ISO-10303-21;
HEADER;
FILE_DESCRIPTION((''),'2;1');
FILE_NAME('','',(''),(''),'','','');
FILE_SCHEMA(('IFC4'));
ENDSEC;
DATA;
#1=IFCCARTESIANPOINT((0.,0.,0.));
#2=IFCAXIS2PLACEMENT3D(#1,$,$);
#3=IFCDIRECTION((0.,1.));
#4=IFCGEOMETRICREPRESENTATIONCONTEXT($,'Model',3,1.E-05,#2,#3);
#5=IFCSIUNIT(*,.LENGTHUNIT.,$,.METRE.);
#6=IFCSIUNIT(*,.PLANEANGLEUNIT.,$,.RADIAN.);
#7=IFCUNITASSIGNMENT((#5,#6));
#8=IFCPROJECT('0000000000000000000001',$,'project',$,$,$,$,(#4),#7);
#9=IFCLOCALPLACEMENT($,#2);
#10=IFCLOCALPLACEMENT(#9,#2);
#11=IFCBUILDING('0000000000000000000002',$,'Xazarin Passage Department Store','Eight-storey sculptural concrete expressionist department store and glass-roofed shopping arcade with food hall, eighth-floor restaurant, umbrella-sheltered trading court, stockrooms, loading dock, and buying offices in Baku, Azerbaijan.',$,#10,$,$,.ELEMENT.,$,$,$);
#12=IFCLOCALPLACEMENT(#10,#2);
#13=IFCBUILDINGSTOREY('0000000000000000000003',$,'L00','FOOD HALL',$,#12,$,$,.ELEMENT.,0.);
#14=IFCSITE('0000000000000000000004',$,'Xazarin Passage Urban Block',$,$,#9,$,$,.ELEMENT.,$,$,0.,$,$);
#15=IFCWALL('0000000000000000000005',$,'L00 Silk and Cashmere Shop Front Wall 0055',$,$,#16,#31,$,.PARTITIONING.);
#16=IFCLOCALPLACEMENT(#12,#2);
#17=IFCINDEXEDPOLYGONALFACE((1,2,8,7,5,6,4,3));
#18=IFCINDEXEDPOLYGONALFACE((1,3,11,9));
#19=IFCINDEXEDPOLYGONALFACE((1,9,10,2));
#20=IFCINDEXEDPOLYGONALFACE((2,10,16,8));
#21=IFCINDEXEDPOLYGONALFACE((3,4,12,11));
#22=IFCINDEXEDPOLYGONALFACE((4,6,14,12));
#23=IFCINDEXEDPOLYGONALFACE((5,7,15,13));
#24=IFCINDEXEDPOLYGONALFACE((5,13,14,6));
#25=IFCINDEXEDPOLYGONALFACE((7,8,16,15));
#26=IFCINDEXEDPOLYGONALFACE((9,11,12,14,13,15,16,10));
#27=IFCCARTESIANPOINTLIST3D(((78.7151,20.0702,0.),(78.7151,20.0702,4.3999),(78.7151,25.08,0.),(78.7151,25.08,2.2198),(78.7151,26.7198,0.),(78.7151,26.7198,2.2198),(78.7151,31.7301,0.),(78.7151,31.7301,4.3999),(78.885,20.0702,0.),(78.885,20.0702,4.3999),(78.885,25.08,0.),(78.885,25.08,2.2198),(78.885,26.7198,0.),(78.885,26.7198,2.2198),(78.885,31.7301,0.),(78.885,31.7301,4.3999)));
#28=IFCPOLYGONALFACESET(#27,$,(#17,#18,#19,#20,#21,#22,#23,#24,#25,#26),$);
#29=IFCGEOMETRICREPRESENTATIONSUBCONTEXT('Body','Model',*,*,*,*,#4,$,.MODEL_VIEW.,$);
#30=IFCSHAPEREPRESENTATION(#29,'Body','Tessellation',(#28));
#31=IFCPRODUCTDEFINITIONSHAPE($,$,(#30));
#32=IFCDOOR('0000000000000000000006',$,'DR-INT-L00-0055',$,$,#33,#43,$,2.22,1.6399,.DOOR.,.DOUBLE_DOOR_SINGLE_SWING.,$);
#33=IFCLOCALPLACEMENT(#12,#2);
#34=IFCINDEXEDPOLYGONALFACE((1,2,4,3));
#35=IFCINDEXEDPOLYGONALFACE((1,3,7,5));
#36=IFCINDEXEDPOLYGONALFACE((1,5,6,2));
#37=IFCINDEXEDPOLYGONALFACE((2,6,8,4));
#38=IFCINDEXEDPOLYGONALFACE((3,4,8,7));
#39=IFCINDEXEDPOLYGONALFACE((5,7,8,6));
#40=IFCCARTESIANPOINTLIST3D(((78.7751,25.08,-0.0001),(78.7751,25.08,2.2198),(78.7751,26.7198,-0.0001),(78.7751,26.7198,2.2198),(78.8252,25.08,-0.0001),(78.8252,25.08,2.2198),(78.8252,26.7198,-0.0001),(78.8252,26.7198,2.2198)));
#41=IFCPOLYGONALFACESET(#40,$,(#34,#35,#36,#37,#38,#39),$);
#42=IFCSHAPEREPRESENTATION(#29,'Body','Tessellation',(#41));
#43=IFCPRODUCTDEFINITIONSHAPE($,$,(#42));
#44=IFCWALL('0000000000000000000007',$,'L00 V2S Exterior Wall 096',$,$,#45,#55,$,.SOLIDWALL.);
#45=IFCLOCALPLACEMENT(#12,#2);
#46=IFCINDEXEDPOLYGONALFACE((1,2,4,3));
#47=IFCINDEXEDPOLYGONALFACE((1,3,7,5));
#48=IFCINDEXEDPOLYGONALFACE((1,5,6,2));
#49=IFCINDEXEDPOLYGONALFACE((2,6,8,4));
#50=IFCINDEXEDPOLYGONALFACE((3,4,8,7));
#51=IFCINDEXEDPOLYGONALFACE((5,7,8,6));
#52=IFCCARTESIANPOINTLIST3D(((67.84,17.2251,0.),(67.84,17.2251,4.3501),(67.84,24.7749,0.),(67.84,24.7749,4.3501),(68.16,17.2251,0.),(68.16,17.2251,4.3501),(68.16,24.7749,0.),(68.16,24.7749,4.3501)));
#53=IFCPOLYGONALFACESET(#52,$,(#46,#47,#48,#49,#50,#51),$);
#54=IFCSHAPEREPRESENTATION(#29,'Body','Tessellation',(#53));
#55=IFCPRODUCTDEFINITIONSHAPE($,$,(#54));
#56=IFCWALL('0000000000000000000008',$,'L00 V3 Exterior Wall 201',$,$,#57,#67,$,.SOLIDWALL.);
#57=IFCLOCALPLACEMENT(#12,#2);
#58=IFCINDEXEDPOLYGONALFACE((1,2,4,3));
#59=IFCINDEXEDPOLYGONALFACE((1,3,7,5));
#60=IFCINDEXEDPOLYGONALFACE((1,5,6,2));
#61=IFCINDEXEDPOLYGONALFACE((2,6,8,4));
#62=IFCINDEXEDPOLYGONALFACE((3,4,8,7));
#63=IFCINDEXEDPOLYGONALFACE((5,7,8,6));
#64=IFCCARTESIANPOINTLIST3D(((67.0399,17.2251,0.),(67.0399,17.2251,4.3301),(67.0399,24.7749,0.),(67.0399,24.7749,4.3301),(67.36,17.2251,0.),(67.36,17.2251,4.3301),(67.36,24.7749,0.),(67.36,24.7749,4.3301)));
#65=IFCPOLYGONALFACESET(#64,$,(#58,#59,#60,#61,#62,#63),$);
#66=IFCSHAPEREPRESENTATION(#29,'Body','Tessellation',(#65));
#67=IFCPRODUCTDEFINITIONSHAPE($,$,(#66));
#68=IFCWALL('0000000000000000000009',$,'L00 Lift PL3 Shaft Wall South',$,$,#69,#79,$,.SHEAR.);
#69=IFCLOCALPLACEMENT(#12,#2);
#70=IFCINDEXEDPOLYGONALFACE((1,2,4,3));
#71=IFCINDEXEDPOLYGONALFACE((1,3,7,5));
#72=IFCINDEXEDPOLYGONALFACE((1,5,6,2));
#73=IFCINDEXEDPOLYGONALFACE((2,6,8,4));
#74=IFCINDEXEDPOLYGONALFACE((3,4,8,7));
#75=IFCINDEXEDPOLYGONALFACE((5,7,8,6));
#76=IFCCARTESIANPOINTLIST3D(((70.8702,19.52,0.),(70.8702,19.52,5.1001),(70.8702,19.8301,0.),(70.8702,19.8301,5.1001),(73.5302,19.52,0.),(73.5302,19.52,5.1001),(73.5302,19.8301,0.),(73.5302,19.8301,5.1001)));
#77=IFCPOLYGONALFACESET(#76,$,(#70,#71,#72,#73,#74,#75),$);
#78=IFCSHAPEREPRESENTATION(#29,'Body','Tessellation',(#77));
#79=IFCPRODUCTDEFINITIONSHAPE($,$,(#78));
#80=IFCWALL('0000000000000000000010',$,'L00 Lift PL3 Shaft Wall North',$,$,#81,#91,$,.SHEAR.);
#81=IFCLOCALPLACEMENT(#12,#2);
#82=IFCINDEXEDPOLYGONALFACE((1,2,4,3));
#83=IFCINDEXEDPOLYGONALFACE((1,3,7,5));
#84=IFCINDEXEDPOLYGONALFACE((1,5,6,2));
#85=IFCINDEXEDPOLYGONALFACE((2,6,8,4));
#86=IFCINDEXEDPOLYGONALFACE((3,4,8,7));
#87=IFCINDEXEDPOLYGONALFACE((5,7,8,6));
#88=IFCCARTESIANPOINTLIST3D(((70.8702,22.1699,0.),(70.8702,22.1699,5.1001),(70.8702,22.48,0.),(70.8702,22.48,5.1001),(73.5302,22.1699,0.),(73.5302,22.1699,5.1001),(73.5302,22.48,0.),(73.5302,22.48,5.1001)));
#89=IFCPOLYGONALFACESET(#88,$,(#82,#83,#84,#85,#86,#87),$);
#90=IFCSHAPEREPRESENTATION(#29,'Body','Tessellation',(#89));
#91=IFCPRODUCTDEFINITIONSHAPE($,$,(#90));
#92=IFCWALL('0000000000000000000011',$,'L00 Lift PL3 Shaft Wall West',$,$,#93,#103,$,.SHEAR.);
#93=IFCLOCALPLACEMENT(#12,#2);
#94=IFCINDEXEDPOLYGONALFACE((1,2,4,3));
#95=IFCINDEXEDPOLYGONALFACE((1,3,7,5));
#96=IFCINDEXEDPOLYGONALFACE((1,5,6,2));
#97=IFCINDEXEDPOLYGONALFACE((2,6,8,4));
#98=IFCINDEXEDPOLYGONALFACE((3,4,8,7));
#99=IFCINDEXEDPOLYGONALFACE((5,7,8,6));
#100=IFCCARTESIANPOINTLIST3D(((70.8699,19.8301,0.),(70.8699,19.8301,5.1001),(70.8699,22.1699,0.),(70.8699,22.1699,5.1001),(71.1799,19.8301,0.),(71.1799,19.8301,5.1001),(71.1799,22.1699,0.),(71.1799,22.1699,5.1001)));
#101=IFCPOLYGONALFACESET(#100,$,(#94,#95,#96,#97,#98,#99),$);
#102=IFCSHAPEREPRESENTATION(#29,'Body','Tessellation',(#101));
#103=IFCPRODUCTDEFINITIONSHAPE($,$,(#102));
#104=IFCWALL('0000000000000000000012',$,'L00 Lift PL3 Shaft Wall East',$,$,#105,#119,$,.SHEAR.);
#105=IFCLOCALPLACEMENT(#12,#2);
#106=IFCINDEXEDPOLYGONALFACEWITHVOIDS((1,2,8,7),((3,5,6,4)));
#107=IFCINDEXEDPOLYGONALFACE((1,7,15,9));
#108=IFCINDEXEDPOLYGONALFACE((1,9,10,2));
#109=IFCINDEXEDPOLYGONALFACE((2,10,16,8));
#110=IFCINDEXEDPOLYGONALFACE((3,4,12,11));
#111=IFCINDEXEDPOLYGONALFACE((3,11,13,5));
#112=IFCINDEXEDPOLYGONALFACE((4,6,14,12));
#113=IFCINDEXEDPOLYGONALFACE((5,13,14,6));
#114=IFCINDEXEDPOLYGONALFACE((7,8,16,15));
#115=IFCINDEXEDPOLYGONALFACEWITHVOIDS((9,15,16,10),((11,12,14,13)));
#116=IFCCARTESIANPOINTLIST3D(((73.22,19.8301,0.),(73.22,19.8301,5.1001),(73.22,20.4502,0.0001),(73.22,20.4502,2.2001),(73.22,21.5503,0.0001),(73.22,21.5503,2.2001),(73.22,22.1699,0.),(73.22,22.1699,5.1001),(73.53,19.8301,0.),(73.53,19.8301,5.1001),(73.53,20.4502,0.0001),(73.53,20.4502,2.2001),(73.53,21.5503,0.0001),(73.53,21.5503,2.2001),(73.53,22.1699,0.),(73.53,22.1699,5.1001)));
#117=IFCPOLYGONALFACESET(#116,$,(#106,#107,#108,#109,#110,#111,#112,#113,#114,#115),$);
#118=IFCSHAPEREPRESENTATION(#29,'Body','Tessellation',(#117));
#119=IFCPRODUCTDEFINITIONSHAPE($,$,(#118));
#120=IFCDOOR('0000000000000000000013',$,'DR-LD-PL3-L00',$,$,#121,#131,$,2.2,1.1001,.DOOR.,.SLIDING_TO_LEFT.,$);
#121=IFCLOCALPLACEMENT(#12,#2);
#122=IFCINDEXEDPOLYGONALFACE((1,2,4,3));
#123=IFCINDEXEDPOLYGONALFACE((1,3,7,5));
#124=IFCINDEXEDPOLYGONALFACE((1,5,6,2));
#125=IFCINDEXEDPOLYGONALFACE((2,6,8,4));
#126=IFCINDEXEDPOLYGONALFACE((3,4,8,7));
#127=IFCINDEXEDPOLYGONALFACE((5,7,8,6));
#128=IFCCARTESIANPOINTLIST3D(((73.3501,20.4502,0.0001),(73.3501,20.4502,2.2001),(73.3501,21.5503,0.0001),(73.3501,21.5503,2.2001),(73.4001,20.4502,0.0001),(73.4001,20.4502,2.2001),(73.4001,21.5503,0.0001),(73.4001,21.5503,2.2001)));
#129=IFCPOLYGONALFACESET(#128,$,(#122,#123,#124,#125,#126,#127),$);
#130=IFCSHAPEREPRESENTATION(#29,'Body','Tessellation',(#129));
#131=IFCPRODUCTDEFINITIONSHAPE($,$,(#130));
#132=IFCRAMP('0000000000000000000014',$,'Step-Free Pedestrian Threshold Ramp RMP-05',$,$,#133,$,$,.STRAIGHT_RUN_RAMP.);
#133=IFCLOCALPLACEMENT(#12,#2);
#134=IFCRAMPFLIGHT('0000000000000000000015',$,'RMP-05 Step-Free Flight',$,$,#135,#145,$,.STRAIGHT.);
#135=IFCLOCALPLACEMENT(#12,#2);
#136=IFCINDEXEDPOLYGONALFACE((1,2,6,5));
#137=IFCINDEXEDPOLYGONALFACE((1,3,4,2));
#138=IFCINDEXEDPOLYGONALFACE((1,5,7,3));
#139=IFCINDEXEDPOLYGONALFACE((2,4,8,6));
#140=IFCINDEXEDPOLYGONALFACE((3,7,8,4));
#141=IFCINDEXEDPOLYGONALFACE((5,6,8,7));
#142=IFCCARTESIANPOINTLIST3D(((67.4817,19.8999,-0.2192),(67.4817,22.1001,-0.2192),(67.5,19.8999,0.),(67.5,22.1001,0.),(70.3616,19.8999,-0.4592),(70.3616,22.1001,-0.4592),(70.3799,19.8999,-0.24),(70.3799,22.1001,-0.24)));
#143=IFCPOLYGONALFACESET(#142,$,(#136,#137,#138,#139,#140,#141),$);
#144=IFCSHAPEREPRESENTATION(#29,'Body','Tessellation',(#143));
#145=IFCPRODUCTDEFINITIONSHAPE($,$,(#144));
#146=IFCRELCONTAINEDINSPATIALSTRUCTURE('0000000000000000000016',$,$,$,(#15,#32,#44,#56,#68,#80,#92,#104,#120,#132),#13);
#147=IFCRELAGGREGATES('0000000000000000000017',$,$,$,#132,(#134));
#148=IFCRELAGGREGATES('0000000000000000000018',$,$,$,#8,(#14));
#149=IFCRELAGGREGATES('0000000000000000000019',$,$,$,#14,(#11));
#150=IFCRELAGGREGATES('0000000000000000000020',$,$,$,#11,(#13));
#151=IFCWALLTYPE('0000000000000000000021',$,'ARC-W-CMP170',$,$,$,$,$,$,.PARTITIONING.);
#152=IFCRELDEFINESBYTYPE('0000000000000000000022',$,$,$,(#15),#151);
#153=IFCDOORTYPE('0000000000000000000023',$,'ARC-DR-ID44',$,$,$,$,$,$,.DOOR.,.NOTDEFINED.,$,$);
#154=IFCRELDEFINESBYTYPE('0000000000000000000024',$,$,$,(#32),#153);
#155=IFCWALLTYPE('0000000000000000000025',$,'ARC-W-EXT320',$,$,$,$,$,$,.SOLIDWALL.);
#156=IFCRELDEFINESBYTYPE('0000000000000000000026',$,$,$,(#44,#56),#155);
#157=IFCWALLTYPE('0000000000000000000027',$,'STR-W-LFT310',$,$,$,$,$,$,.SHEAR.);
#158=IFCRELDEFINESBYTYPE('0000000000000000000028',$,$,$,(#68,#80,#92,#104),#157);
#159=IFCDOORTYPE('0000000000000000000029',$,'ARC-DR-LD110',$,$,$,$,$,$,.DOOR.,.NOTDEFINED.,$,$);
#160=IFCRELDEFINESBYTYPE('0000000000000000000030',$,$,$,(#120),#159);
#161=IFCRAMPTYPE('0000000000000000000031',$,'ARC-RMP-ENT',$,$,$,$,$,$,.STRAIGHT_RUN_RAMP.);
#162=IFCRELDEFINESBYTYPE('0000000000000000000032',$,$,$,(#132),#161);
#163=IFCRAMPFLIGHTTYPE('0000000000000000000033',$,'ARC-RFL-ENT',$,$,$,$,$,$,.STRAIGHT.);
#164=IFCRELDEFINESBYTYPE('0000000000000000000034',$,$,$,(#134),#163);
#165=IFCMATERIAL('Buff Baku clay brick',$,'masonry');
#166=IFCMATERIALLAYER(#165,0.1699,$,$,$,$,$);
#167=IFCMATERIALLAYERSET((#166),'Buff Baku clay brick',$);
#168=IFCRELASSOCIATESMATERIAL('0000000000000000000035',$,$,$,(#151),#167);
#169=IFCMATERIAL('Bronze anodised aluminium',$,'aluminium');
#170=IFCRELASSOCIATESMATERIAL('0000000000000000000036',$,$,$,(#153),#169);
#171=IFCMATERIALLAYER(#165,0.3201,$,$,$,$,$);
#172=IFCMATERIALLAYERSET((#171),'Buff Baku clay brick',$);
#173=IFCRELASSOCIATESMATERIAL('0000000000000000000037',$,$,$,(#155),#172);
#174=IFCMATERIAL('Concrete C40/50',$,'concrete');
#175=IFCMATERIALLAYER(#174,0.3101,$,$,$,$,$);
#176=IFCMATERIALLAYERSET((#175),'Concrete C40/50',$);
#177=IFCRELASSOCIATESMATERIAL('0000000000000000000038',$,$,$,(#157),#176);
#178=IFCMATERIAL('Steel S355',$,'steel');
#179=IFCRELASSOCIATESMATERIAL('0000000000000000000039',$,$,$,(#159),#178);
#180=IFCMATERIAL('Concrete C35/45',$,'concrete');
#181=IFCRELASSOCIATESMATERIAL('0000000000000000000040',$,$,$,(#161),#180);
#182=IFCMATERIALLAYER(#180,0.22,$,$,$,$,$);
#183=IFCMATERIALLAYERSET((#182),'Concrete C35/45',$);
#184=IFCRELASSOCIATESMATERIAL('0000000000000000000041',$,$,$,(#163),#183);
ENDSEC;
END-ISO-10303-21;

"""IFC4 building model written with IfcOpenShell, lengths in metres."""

from ifc_helpers import new_model, si_unit, direction, frame, frame_2d, origin, place, context, subcontext, project, spatial, polyline, rectangle, outline, extrude, material, layer, layer_set, type_object, element, fill, aggregate, save


model = new_model("IFC4")

# Units and contexts
model_context = context("Model", 3, precision=1e-05, world=origin(), true_north=direction((0.0, 1.0)))
body_context = subcontext(model_context, "Body", "Model", "MODEL_VIEW")
ifc_project = project(units=[si_unit("LENGTHUNIT", "METRE"), si_unit("PLANEANGLEUNIT", "RADIAN")], contexts=[model_context])

# Site, building, storey
site_placement = place(None, origin())
site = spatial("IfcSite", under=ifc_project, at=site_placement, Name="Xazarin Passage Urban Block", CompositionType="ELEMENT", RefElevation=0.0)
building_placement = place(site_placement, origin())
building = spatial("IfcBuilding", under=site, at=building_placement, Name="Xazarin Passage Department Store", Description="Eight-storey sculptural concrete expressionist department store and glass-roofed shopping arcade with food hall, eighth-floor restaurant, umbrella-sheltered trading court, stockrooms, loading dock, and buying offices in Baku, Azerbaijan.", CompositionType="ELEMENT")
storey_placement = place(building_placement, origin())
storey = spatial("IfcBuildingStorey", under=building, at=storey_placement, Name="L00", Description="FOOD HALL", CompositionType="ELEMENT", Elevation=0.0)

# Shared definitions
ifc_material_1 = material(Name="Concrete C35/45", Category="concrete")

# Shared definitions
ifc_material_2 = material(Name="Concrete C40/50", Category="concrete")

# Wall, opening, door
ifc_material_3 = material(Name="Buff Baku clay brick", Category="masonry")
ifc_layer_1 = layer(ifc_material_3, 0.1699)
ifc_layer_set_1 = layer_set([ifc_layer_1], Name="Buff Baku clay brick")
wall_type_1 = type_object("IfcWallType", Name="ARC-W-CMP170", PredefinedType="PARTITIONING", material=ifc_layer_set_1)
wall_1_placement = place(storey_placement, frame((78.8, 20.0701, 0.0), z_axis=(0.0, 0.0, 1.0), x_axis=(0.0, 1.0, 0.0)))
wall_1 = element("IfcWall", 1, at=wall_1_placement, inside=storey, type_object=wall_type_1, Name="L00 Silk and Cashmere Shop Front Wall 0055", PredefinedType="PARTITIONING", context=body_context, shape_type="SweptSolid", body=[
    extrude(rectangle(XDim=11.6599, YDim=0.1699, at=frame_2d((5.8301, 0.0))), origin(), (0.0, 0.0, 1.0), 4.3999),
])
opening_1_placement = place(wall_1_placement, frame((5.01, 0.0, 0.0)))
opening_1 = element("IfcOpeningElement", 2, at=opening_1_placement, cuts=wall_1, PredefinedType="OPENING", context=body_context, shape_type="SweptSolid", body=[
    extrude(rectangle(XDim=1.6399, YDim=2.22, at=frame_2d((0.8198, 1.1099))), frame((0.0, 0.095, 0.0), z_axis=(0.0, -1.0, 0.0), x_axis=(1.0, 0.0, 0.0)), (0.0, 0.0, 1.0), 0.1899),
])
ifc_material_4 = material(Name="Bronze anodised aluminium", Category="aluminium")
door_type_1 = type_object("IfcDoorType", Name="ARC-DR-ID44", OperationType="NOTDEFINED", PredefinedType="DOOR", material=ifc_material_4)
door_1_placement = place(opening_1_placement, origin())
door_1 = element("IfcDoor", 3, at=door_1_placement, inside=storey, type_object=door_type_1, Name="DR-INT-L00-0055", OperationType="DOUBLE_DOOR_SINGLE_SWING", OverallHeight=2.22, OverallWidth=1.6399, PredefinedType="DOOR", context=body_context, shape_type="SweptSolid", body=[
    extrude(rectangle(XDim=1.6399, YDim=2.22, at=frame_2d((0.8198, 1.1099))), frame((0.0, 0.0249, 0.0), z_axis=(0.0, -1.0, 0.0), x_axis=(1.0, 0.0, 0.0)), (0.0, 0.0, 1.0), 0.05),
])
fill(opening_1, door_1)

# Walls
ifc_layer_2 = layer(ifc_material_3, 0.3201)
ifc_layer_set_2 = layer_set([ifc_layer_2], Name="Buff Baku clay brick")
wall_type_2 = type_object("IfcWallType", Name="ARC-W-EXT320", PredefinedType="SOLIDWALL", material=ifc_layer_set_2)
wall_2_placement = place(storey_placement, frame((68.0, 17.2251, 0.0), z_axis=(0.0, 0.0, 1.0), x_axis=(0.0, 1.0, 0.0)))
element("IfcWall", 4, at=wall_2_placement, inside=storey, type_object=wall_type_2, Name="L00 V2S Exterior Wall 096", PredefinedType="SOLIDWALL", context=body_context, shape_type="SweptSolid", body=[
    extrude(rectangle(XDim=7.5498, YDim=0.3201, at=frame_2d((3.7749, 0.0))), origin(), (0.0, 0.0, 1.0), 4.3501),
])
wall_3_placement = place(storey_placement, frame((67.2, 17.2251, 0.0), z_axis=(0.0, 0.0, 1.0), x_axis=(0.0, 1.0, 0.0)))
element("IfcWall", 5, at=wall_3_placement, inside=storey, type_object=wall_type_2, Name="L00 V3 Exterior Wall 201", PredefinedType="SOLIDWALL", context=body_context, shape_type="SweptSolid", body=[
    extrude(rectangle(XDim=7.5498, YDim=0.3201, at=frame_2d((3.7749, 0.0))), origin(), (0.0, 0.0, 1.0), 4.3301),
])
ifc_layer_3 = layer(ifc_material_2, 0.3101)
ifc_layer_set_3 = layer_set([ifc_layer_3], Name="Concrete C40/50")
wall_type_3 = type_object("IfcWallType", Name="STR-W-LFT310", PredefinedType="SHEAR", material=ifc_layer_set_3)
for number, where, z_axis, x_axis, name in (
    (6, (70.8701, 19.675, 0.0), (0.0, 0.0, 1.0), (1.0, 0.0, 0.0), "L00 Lift PL3 Shaft Wall South"),
    (7, (70.8701, 22.325, 0.0), (0.0, 0.0, 1.0), (1.0, 0.0, 0.0), "L00 Lift PL3 Shaft Wall North"),
):
    element("IfcWall", number, at=place(storey_placement, frame(where, z_axis=z_axis, x_axis=x_axis)), inside=storey, type_object=wall_type_3, Name=name, PredefinedType="SHEAR", context=body_context, shape_type="SweptSolid", body=[
        extrude(rectangle(XDim=2.6599, YDim=0.3101, at=frame_2d((1.3301, 0.0))), origin(), (0.0, 0.0, 1.0), 5.1001),
    ])
wall_4_placement = place(storey_placement, frame((71.0249, 19.8301, 0.0), z_axis=(0.0, 0.0, 1.0), x_axis=(0.0, 1.0, 0.0)))
element("IfcWall", 8, at=wall_4_placement, inside=storey, type_object=wall_type_3, Name="L00 Lift PL3 Shaft Wall West", PredefinedType="SHEAR", context=body_context, shape_type="SweptSolid", body=[
    extrude(rectangle(XDim=2.3398, YDim=0.3101, at=frame_2d((1.1699, 0.0))), origin(), (0.0, 0.0, 1.0), 5.1001),
])

# Wall, opening, door
wall_5_placement = place(storey_placement, frame((73.375, 19.8301, 0.0), z_axis=(0.0, 0.0, 1.0), x_axis=(0.0, 1.0, 0.0)))
wall_5 = element("IfcWall", 9, at=wall_5_placement, inside=storey, type_object=wall_type_3, Name="L00 Lift PL3 Shaft Wall East", PredefinedType="SHEAR", context=body_context, shape_type="SweptSolid", body=[
    extrude(rectangle(XDim=2.3398, YDim=0.3101, at=frame_2d((1.1699, 0.0))), origin(), (0.0, 0.0, 1.0), 5.1001),
])
opening_2_placement = place(wall_5_placement, frame((0.6201, 0.0, 0.0)))
opening_2 = element("IfcOpeningElement", 10, at=opening_2_placement, cuts=wall_5, PredefinedType="OPENING", context=body_context, shape_type="SweptSolid", body=[
    extrude(rectangle(XDim=1.1001, YDim=2.2, at=frame_2d((0.55, 1.1001))), frame((0.0, 0.165, 0.0), z_axis=(0.0, -1.0, 0.0), x_axis=(1.0, 0.0, 0.0)), (0.0, 0.0, 1.0), 0.3301),
])
ifc_material_5 = material(Name="Steel S355", Category="steel")
door_type_2 = type_object("IfcDoorType", Name="ARC-DR-LD110", OperationType="NOTDEFINED", PredefinedType="DOOR", material=ifc_material_5)
door_2_placement = place(opening_2_placement, origin())
door_2 = element("IfcDoor", 11, at=door_2_placement, inside=storey, type_object=door_type_2, Name="DR-LD-PL3-L00", OperationType="SLIDING_TO_LEFT", OverallHeight=2.2, OverallWidth=1.1001, PredefinedType="DOOR", context=body_context, shape_type="SweptSolid", body=[
    extrude(rectangle(XDim=1.1001, YDim=2.2, at=frame_2d((0.55, 1.1001))), frame((0.0, 0.0249, 0.0), z_axis=(0.0, -1.0, 0.0), x_axis=(1.0, 0.0, 0.0)), (0.0, 0.0, 1.0), 0.05),
])
fill(opening_2, door_2)

# Ramp, ramp flight
ramp_type = type_object("IfcRampType", Name="ARC-RMP-ENT", PredefinedType="STRAIGHT_RUN_RAMP", material=ifc_material_1)
ramp_placement = place(storey_placement, origin())
ramp = element("IfcRamp", 12, at=ramp_placement, inside=storey, type_object=ramp_type, Name="Step-Free Pedestrian Threshold Ramp RMP-05", PredefinedType="STRAIGHT_RUN_RAMP")
ifc_layer_4 = layer(ifc_material_1, 0.22)
ifc_layer_set_4 = layer_set([ifc_layer_4], Name="Concrete C35/45")
ramp_flight_type = type_object("IfcRampFlightType", Name="ARC-RFL-ENT", PredefinedType="STRAIGHT", material=ifc_layer_set_4)
ramp_flight_placement = place(storey_placement, frame((70.3799, 19.8999, -0.24), z_axis=(0.083045, 0.0, 0.996546), x_axis=(0.0, 1.0, 0.0)))
ramp_flight = element("IfcRampFlight", 13, at=ramp_flight_placement, type_object=ramp_flight_type, Name="RMP-05 Step-Free Flight", PredefinedType="STRAIGHT", context=body_context, shape_type="SweptSolid", body=[
    extrude(outline(polyline([(0.0, 0.0), (2.2002, 0.0), (2.2002, 2.8899), (0.0, 2.8899), (0.0, 0.0)])), origin(), (0.0, 0.0, -1.0), 0.22),
])
aggregate(ramp, [ramp_flight])

save(model, "model.ifc")
